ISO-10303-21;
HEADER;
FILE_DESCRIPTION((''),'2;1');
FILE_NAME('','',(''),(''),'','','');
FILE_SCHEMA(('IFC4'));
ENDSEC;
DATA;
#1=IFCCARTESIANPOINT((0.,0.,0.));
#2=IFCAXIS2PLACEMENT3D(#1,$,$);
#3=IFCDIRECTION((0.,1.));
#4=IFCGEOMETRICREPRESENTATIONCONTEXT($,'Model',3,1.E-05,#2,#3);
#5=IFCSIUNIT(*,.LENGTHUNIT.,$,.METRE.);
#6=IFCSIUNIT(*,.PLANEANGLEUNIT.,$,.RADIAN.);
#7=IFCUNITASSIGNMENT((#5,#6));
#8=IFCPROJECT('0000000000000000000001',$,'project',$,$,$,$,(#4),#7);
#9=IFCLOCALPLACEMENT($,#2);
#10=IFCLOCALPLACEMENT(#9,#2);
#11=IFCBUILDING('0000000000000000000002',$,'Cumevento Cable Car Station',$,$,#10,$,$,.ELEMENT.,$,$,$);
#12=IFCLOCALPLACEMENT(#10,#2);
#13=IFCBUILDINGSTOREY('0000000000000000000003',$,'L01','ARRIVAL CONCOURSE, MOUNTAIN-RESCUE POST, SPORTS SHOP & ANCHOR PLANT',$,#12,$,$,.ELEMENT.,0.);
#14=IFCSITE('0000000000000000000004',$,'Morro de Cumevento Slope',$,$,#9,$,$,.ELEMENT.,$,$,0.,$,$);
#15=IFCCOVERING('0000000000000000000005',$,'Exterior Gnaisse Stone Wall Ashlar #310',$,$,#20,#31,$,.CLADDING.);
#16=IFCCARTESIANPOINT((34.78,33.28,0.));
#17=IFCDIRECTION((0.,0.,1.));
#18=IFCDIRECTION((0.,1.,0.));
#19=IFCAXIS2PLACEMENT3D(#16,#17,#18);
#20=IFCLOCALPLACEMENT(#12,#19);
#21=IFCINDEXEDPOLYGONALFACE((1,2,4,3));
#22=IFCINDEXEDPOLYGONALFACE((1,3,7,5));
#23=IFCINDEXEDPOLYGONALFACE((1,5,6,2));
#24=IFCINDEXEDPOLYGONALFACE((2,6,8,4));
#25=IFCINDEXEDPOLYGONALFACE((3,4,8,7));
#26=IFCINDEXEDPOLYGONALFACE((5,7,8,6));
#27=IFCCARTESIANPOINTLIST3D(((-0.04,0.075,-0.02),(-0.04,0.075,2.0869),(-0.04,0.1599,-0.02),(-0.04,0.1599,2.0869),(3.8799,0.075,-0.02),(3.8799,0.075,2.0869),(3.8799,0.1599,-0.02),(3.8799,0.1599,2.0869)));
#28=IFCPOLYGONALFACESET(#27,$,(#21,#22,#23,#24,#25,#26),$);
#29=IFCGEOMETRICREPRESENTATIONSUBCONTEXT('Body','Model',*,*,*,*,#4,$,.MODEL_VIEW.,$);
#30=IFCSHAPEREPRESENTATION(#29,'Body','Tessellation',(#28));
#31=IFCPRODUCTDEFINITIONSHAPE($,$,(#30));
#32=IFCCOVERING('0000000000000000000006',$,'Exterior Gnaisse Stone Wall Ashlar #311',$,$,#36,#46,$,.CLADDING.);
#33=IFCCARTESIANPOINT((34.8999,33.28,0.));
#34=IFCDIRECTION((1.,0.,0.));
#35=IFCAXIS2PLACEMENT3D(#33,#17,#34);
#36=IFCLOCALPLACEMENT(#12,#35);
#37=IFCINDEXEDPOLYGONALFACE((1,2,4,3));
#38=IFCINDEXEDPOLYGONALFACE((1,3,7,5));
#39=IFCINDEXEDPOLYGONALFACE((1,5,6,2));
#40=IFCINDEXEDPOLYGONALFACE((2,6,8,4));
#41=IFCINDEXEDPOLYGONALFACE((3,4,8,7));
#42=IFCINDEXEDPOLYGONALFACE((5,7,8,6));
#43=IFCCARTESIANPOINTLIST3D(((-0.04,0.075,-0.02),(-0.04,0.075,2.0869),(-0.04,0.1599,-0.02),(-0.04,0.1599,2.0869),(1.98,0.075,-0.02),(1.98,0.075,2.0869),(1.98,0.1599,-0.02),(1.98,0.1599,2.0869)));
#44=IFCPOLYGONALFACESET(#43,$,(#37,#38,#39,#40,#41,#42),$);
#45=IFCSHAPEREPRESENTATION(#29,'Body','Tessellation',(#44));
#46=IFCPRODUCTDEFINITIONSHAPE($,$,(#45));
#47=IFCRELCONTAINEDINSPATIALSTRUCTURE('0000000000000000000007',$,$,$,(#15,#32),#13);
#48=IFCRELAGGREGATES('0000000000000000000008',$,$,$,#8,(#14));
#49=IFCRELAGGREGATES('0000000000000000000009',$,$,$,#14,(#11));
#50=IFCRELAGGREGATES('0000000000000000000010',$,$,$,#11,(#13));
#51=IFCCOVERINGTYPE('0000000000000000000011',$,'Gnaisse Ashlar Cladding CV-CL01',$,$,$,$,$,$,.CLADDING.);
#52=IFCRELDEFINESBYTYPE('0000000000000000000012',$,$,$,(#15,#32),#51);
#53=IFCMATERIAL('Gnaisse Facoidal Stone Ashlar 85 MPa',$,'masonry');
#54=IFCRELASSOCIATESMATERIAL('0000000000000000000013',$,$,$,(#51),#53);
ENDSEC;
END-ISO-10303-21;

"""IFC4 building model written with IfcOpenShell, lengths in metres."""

from ifc_helpers import new_model, si_unit, direction, frame, origin, place, context, subcontext, project, spatial, polyline, outline, extrude, material, type_object, element, save


model = new_model("IFC4")

# Units and contexts
model_context = context("Model", 3, precision=1e-05, world=origin(), true_north=direction((0.0, 1.0)))
body_context = subcontext(model_context, "Body", "Model", "MODEL_VIEW")
ifc_project = project(units=[si_unit("LENGTHUNIT", "METRE"), si_unit("PLANEANGLEUNIT", "RADIAN")], contexts=[model_context])

# Site, building, storey
site_placement = place(None, origin())
site = spatial("IfcSite", under=ifc_project, at=site_placement, Name="Morro de Cumevento Slope", CompositionType="ELEMENT", RefElevation=0.0)
building_placement = place(site_placement, origin())
building = spatial("IfcBuilding", under=site, at=building_placement, Name="Cumevento Cable Car Station", CompositionType="ELEMENT")
storey_placement = place(building_placement, origin())
storey = spatial("IfcBuildingStorey", under=building, at=storey_placement, Name="L01", Description="ARRIVAL CONCOURSE, MOUNTAIN-RESCUE POST, SPORTS SHOP & ANCHOR PLANT", CompositionType="ELEMENT", Elevation=0.0)

# Coverings
ifc_material_1 = material(Name="Gnaisse Facoidal Stone Ashlar 85 MPa", Category="masonry")
covering_type = type_object("IfcCoveringType", Name="Gnaisse Ashlar Cladding CV-CL01", PredefinedType="CLADDING", material=ifc_material_1)
covering_1_placement = place(storey_placement, frame((34.78, 33.28, 0.0), z_axis=(0.0, 0.0, 1.0), x_axis=(0.0, 1.0, 0.0)))
element("IfcCovering", 1, at=covering_1_placement, inside=storey, type_object=covering_type, Name="Exterior Gnaisse Stone Wall Ashlar #310", PredefinedType="CLADDING", context=body_context, shape_type="SweptSolid", body=[
    extrude(outline(polyline([(-0.04, -0.02), (3.8799, -0.02), (3.8799, 2.0869), (-0.04, 2.0869), (-0.04, -0.02)])), frame((0.0, 0.1599, 0.0), z_axis=(0.0, -1.0, 0.0), x_axis=(1.0, 0.0, 0.0)), (0.0, 0.0, 1.0), 0.085),
])
covering_2_placement = place(storey_placement, frame((34.8999, 33.28, 0.0), z_axis=(0.0, 0.0, 1.0), x_axis=(1.0, 0.0, 0.0)))
element("IfcCovering", 2, at=covering_2_placement, inside=storey, type_object=covering_type, Name="Exterior Gnaisse Stone Wall Ashlar #311", PredefinedType="CLADDING", context=body_context, shape_type="SweptSolid", body=[
    extrude(outline(polyline([(-0.04, -0.02), (1.98, -0.02), (1.98, 2.0869), (-0.04, 2.0869), (-0.04, -0.02)])), frame((0.0, 0.1599, 0.0), z_axis=(0.0, -1.0, 0.0), x_axis=(1.0, 0.0, 0.0)), (0.0, 0.0, 1.0), 0.085),
])

save(model, "model.ifc")
